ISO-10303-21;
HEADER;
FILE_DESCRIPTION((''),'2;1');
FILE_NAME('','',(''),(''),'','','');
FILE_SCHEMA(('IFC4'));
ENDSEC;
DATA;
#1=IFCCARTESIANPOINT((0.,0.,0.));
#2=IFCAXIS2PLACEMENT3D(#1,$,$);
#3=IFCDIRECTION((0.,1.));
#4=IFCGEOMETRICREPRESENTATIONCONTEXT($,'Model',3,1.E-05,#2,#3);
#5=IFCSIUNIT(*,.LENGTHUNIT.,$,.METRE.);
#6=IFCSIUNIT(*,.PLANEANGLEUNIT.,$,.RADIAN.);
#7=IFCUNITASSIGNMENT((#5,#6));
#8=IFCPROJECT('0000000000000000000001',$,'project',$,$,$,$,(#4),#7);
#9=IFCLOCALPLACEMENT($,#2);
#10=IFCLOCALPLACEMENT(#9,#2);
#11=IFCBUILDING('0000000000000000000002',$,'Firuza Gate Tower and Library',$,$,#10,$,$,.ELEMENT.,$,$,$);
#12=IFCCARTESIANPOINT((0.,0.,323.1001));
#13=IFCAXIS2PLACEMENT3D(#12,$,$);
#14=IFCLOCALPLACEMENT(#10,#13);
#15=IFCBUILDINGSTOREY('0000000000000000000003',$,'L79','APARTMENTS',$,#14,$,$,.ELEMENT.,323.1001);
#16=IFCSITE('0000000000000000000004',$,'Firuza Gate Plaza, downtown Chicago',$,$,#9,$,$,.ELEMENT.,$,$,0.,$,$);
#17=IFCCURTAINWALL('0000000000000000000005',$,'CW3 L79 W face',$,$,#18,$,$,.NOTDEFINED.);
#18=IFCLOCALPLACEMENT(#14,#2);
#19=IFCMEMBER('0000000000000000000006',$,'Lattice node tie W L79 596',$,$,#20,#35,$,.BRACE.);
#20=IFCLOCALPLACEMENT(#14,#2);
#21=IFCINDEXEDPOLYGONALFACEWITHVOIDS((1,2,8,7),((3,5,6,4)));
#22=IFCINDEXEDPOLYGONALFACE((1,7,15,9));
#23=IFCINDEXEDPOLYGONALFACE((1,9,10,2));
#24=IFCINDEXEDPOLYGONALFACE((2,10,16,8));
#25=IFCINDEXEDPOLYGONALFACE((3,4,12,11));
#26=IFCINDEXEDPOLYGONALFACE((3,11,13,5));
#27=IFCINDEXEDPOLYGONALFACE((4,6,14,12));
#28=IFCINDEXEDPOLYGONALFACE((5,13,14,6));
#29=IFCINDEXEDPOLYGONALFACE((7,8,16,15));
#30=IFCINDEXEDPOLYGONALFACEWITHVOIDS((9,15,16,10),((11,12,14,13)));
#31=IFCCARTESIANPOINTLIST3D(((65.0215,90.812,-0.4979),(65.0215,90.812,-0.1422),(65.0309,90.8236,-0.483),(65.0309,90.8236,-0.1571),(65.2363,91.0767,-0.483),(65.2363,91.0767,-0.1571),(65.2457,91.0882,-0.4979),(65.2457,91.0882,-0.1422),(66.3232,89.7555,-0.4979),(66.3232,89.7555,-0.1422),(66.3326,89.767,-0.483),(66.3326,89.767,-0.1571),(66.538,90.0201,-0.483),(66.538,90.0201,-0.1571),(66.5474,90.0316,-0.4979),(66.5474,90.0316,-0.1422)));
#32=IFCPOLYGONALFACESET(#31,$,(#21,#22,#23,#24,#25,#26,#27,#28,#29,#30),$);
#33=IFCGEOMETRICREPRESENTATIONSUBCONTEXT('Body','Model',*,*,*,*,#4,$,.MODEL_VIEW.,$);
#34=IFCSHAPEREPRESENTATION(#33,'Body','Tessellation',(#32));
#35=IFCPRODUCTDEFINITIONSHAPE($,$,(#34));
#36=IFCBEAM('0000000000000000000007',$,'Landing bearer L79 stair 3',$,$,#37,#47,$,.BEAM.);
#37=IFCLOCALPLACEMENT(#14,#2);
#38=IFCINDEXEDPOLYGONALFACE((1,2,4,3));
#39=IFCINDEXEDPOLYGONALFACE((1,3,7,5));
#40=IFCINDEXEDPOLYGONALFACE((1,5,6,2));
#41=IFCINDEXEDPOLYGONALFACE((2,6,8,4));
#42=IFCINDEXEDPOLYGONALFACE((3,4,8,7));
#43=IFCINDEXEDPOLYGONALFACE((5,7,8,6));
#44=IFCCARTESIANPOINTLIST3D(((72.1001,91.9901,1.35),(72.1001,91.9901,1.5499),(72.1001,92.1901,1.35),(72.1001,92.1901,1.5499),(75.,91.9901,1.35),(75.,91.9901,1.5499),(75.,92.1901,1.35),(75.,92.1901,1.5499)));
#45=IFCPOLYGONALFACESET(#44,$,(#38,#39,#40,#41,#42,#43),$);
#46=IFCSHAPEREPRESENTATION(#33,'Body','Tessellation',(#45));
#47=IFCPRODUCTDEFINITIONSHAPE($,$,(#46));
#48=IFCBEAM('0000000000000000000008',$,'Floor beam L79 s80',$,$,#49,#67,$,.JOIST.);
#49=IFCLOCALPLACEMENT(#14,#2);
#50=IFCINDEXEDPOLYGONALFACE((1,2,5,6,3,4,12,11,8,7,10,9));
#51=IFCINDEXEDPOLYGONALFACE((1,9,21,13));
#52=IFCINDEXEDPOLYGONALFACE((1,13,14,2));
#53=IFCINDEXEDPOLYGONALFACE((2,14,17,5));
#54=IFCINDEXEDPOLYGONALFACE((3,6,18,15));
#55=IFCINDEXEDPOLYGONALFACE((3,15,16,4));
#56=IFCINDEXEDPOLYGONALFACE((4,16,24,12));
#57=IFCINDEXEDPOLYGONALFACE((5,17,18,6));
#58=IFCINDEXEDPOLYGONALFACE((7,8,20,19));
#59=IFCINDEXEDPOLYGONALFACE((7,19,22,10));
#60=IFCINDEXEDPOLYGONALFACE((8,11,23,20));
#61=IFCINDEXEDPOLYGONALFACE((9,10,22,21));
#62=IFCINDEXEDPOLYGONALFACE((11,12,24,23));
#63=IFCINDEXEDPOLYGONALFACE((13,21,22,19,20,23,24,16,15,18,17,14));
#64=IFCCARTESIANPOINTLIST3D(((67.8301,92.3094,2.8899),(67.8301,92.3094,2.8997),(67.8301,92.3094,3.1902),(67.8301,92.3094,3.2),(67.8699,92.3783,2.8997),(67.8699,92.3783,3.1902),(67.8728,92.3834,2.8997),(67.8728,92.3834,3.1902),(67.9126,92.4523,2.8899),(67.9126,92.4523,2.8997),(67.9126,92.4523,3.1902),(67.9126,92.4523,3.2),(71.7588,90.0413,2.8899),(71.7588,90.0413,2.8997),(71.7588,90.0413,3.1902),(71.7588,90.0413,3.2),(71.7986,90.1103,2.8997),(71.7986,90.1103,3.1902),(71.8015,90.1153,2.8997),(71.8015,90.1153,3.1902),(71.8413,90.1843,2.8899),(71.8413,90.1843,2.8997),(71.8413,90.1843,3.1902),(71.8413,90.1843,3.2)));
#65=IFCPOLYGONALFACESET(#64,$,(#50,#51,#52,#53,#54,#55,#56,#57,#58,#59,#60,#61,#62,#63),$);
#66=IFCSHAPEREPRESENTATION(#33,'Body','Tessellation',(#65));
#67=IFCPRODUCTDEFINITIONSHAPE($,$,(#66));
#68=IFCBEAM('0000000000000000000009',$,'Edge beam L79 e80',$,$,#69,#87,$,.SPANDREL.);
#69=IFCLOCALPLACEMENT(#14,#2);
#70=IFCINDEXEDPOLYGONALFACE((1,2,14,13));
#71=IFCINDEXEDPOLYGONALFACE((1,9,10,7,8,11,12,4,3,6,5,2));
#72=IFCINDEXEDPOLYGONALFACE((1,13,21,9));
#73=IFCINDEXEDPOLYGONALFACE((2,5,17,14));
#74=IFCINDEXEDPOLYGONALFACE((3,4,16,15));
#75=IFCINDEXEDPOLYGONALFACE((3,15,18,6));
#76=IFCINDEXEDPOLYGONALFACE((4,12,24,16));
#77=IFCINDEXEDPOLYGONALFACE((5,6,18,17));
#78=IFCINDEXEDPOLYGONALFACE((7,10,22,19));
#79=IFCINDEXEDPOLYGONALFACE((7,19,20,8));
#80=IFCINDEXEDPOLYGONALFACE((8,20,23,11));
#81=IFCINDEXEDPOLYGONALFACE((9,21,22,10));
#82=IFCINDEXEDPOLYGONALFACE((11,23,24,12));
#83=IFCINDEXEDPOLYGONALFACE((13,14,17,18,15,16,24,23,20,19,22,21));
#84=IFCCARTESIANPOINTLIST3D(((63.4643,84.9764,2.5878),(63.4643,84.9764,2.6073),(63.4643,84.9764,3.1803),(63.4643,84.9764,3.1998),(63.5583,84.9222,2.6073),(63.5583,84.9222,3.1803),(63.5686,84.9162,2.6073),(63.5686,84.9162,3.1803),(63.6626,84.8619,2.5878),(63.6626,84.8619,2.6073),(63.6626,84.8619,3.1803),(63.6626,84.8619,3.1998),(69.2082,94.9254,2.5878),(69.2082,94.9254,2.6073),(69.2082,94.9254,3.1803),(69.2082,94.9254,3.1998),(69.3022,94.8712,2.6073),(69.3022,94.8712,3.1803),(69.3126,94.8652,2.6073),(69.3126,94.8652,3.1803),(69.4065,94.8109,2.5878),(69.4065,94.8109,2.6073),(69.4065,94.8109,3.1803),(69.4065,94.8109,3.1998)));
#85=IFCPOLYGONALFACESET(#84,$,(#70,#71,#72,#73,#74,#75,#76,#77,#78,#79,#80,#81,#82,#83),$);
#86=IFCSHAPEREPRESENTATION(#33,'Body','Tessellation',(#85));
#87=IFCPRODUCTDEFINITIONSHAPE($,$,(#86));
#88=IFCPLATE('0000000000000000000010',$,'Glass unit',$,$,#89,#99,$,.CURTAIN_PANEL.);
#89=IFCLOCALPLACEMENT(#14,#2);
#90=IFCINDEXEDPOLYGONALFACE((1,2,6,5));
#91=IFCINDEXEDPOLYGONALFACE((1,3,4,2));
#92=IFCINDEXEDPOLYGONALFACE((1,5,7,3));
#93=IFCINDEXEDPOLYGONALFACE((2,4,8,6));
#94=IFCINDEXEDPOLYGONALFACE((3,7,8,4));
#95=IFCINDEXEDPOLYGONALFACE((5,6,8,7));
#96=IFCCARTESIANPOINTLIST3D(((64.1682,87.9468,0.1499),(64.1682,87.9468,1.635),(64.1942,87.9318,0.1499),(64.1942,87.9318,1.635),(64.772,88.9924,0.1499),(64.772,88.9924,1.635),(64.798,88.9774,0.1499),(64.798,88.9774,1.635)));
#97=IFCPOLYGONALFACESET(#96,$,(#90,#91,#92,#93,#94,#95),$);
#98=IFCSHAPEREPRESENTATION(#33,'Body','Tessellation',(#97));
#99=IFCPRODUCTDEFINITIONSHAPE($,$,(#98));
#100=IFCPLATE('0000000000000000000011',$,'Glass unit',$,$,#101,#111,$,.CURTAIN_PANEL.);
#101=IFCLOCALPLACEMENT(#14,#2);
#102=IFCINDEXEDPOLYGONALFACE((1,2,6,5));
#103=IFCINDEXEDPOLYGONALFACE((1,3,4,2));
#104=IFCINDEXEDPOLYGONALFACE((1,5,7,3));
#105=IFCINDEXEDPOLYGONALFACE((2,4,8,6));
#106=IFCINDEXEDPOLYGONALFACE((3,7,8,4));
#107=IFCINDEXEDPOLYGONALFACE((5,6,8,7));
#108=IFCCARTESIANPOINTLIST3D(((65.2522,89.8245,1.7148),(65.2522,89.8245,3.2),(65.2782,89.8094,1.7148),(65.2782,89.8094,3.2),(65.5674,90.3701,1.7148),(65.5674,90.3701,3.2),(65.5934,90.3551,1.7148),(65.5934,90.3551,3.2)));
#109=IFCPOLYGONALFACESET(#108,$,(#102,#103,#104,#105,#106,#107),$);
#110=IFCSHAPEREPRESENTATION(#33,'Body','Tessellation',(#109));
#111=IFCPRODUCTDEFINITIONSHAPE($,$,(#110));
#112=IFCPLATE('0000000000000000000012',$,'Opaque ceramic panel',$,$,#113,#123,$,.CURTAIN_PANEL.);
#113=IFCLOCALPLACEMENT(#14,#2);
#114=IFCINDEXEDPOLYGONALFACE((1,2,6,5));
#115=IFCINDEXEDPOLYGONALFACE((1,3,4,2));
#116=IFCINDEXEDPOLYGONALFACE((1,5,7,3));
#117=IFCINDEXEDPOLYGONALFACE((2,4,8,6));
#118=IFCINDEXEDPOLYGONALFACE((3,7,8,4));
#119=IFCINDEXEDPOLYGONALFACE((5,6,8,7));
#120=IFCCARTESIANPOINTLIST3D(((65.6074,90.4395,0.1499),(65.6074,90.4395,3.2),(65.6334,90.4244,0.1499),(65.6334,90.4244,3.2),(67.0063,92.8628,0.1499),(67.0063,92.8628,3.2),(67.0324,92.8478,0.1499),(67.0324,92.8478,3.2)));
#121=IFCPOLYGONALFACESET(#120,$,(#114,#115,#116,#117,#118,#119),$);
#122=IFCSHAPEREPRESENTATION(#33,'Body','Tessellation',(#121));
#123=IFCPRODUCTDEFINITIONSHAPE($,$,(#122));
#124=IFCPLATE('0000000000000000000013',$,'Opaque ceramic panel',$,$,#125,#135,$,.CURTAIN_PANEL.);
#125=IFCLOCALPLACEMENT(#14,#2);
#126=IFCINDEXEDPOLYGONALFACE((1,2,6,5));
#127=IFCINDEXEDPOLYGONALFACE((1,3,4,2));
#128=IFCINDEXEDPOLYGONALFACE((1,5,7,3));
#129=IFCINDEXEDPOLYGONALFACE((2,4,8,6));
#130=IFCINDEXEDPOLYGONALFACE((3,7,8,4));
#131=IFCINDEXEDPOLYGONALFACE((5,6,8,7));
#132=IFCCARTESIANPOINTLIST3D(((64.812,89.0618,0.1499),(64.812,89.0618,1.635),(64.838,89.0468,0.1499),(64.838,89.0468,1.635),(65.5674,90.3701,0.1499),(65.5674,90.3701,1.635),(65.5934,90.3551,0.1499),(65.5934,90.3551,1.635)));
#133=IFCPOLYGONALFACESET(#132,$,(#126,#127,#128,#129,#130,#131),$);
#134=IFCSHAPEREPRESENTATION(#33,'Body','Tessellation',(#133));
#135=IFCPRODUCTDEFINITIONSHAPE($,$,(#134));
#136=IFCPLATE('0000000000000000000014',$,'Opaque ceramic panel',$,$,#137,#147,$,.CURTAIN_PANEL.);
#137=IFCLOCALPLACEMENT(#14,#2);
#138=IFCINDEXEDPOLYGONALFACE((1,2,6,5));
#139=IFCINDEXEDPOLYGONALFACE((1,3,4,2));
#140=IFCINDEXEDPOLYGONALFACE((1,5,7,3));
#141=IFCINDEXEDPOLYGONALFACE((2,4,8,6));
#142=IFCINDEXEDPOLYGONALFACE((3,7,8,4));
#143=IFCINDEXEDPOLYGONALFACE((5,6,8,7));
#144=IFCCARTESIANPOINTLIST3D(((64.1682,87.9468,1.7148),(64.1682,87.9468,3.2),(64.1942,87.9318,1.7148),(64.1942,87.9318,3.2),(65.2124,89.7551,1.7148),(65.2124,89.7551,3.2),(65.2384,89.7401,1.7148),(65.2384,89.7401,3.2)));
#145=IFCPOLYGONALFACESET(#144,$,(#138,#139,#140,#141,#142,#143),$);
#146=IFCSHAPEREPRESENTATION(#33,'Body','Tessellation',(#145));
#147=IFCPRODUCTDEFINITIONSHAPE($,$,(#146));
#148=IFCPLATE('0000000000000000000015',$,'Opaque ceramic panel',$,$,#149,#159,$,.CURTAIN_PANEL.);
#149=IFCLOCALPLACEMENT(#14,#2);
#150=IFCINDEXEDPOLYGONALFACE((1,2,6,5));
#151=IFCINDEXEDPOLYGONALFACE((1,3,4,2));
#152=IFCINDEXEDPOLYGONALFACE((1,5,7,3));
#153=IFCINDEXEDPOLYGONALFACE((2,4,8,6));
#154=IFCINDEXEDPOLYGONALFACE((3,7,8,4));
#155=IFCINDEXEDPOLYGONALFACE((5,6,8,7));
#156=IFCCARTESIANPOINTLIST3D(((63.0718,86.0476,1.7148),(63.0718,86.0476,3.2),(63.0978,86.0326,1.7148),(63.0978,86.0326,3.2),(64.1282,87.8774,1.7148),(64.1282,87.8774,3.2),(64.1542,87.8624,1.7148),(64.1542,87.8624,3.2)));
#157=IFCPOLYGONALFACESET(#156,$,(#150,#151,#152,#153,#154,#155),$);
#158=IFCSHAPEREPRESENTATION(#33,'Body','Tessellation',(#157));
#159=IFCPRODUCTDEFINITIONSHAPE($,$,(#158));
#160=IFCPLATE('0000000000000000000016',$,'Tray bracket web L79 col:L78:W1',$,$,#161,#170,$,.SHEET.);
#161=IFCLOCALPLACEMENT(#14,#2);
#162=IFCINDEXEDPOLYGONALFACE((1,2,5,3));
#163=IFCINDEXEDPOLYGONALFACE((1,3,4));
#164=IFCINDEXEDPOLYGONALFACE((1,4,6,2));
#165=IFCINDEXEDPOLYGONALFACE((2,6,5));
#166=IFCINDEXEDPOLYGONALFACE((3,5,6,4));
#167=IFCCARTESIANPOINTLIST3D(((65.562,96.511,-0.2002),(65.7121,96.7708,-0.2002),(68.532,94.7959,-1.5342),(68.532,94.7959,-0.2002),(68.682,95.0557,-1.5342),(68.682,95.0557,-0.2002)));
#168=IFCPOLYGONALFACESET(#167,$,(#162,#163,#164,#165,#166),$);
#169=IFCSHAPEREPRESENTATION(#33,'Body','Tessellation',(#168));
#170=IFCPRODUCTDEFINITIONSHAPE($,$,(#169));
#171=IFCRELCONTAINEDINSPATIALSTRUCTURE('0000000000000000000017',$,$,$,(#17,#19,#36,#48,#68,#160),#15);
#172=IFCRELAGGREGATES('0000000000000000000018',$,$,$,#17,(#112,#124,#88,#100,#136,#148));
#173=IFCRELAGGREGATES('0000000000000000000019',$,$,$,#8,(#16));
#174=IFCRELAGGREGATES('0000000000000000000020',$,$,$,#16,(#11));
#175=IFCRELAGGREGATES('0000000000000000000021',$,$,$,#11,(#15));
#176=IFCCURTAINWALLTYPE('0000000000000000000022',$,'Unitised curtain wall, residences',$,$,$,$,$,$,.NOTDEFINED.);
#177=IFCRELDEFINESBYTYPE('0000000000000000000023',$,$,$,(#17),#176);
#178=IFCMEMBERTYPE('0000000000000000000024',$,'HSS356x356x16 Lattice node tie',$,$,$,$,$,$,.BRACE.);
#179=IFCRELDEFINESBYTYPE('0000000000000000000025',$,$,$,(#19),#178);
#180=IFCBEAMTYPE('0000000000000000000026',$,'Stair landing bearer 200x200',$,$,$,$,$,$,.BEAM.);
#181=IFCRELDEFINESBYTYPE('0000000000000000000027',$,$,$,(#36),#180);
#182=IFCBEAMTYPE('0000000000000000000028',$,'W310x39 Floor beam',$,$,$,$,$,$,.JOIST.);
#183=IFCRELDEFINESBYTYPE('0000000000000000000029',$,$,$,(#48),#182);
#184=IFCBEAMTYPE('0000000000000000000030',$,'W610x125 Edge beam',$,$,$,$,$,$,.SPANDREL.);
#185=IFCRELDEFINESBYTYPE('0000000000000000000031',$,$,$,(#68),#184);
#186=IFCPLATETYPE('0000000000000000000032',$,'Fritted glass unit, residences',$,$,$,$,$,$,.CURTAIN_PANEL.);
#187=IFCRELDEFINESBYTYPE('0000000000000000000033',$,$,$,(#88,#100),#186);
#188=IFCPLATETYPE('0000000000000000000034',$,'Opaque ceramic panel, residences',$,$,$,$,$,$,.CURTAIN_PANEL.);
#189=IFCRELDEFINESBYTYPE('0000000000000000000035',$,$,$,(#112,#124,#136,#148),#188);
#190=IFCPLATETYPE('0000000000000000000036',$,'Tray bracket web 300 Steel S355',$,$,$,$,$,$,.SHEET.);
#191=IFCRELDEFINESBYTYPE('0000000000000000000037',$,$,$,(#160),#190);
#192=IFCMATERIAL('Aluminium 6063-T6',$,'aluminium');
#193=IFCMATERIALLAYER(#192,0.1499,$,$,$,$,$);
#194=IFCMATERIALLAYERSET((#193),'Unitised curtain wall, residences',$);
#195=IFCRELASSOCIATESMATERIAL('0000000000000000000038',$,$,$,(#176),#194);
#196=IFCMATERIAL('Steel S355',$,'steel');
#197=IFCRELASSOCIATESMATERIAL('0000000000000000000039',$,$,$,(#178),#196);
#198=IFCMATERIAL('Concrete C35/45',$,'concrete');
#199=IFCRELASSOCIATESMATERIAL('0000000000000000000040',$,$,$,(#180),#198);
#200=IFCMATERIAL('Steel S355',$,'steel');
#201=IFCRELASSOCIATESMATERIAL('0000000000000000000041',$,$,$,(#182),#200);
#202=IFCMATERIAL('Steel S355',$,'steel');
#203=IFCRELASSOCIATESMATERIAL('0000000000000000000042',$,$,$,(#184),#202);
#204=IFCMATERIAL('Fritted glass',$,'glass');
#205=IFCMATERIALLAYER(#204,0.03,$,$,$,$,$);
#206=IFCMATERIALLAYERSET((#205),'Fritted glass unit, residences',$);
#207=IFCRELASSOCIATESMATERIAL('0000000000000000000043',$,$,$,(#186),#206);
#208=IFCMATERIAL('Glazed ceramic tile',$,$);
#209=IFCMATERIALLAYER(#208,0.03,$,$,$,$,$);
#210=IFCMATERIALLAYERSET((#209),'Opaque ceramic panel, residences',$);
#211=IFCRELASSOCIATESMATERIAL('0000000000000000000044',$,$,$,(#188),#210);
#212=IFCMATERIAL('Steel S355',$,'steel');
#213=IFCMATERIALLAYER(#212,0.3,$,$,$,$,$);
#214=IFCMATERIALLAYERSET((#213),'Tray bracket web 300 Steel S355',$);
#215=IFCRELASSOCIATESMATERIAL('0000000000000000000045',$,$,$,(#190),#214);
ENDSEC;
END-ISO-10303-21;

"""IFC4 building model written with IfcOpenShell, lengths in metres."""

from ifc_helpers import new_model, si_unit, direction, frame, origin, origin_2d, place, context, subcontext, project, spatial, polyline, rectangle, hollow_rectangle, i_section, outline, extrude, material, layer, layer_set, material_profile, profile_set, type_object, element, aggregate, save


model = new_model("IFC4")

# Units and contexts
model_context = context("Model", 3, precision=1e-05, world=origin(), true_north=direction((0.0, 1.0)))
body_context = subcontext(model_context, "Body", "Model", "MODEL_VIEW")
ifc_project = project(units=[si_unit("LENGTHUNIT", "METRE"), si_unit("PLANEANGLEUNIT", "RADIAN")], contexts=[model_context])

# Site, building, storey
site_placement = place(None, origin())
site = spatial("IfcSite", under=ifc_project, at=site_placement, Name="Firuza Gate Plaza, downtown Chicago", CompositionType="ELEMENT", RefElevation=0.0)
building_placement = place(site_placement, origin())
building = spatial("IfcBuilding", under=site, at=building_placement, Name="Firuza Gate Tower and Library", CompositionType="ELEMENT")
storey_placement = place(building_placement, frame((0.0, 0.0, 323.1001)))
storey = spatial("IfcBuildingStorey", under=building, at=storey_placement, Name="L79", Description="APARTMENTS", CompositionType="ELEMENT", Elevation=323.1001)

# Curtain wall
ifc_material_1 = material(Name="Aluminium 6063-T6", Category="aluminium")
ifc_layer_1 = layer(ifc_material_1, 0.1499)
ifc_layer_set_1 = layer_set([ifc_layer_1], Name="Unitised curtain wall, residences")
curtain_wall_type = type_object("IfcCurtainWallType", Name="Unitised curtain wall, residences", PredefinedType="NOTDEFINED", material=ifc_layer_set_1)
placement = place(storey_placement, origin())
curtain_wall = element("IfcCurtainWall", 1, at=placement, inside=storey, type_object=curtain_wall_type, Name="CW3 L79 W face", PredefinedType="NOTDEFINED")

# Member
ifc_material_2 = material(Name="Steel S355", Category="steel")
ifc_material_profile_1 = material_profile(ifc_material_2, hollow_rectangle(XDim=0.3557, YDim=0.3557, WallThickness=0.0149, at=origin_2d()))
ifc_profile_set_1 = profile_set([ifc_material_profile_1], Name="Steel S355")
member_type_1 = type_object("IfcMemberType", Name="HSS356x356x16 Lattice node tie", PredefinedType="BRACE", material=ifc_profile_set_1)
member_1_placement = place(storey_placement, frame((66.4353, 89.8936, -0.3201), z_axis=(-0.776417, 0.63022, 0.0), x_axis=(-0.63022, -0.776417, 0.0)))
element("IfcMember", 2, at=member_1_placement, inside=storey, type_object=member_type_1, Name="Lattice node tie W L79 596", PredefinedType="BRACE", context=body_context, shape_type="SweptSolid", body=[
    extrude(hollow_rectangle(XDim=0.3557, YDim=0.3557, WallThickness=0.0149, at=origin_2d()), origin(), (0.0, 0.0, 1.0), 1.6765),
])

# Beams
ifc_material_3 = material(Name="Concrete C35/45", Category="concrete")
ifc_material_profile_2 = material_profile(ifc_material_3, rectangle(XDim=0.2, YDim=0.2, at=origin_2d()))
ifc_profile_set_2 = profile_set([ifc_material_profile_2], Name="Concrete C35/45")
beam_type_1 = type_object("IfcBeamType", Name="Stair landing bearer 200x200", PredefinedType="BEAM", material=ifc_profile_set_2)
beam_1_placement = place(storey_placement, frame((75.0, 92.0901, 1.45), z_axis=(-1.0, 0.0, 0.0), x_axis=(0.0, -1.0, 0.0)))
element("IfcBeam", 3, at=beam_1_placement, inside=storey, type_object=beam_type_1, Name="Landing bearer L79 stair 3", PredefinedType="BEAM", context=body_context, shape_type="SweptSolid", body=[
    extrude(rectangle(XDim=0.2, YDim=0.2, at=origin_2d()), origin(), (0.0, 0.0, 1.0), 2.8999),
])
ifc_material_4 = material(Name="Steel S355", Category="steel")
ifc_material_profile_3 = material_profile(ifc_material_4, i_section(OverallWidth=0.165, OverallDepth=0.3101, WebThickness=0.0059, FlangeThickness=0.0098, at=origin_2d()))
ifc_profile_set_3 = profile_set([ifc_material_profile_3], Name="Steel S355")
beam_type_2 = type_object("IfcBeamType", Name="W310x39 Floor beam", PredefinedType="JOIST", material=ifc_profile_set_3)
beam_2_placement = place(storey_placement, frame((67.8713, 92.3809, 3.0449), z_axis=(0.866042, -0.499971, 0.0), x_axis=(0.499971, 0.866042, 0.0)))
element("IfcBeam", 4, at=beam_2_placement, inside=storey, type_object=beam_type_2, Name="Floor beam L79 s80", PredefinedType="JOIST", context=body_context, shape_type="SweptSolid", body=[
    extrude(i_section(OverallWidth=0.165, OverallDepth=0.3101, WebThickness=0.0059, FlangeThickness=0.0098, at=origin_2d()), origin(), (0.0, 0.0, 1.0), 4.5364),
])
ifc_material_5 = material(Name="Steel S355", Category="steel")
ifc_material_profile_4 = material_profile(ifc_material_5, i_section(OverallWidth=0.229, OverallDepth=0.6121, WebThickness=0.012, FlangeThickness=0.0195, at=origin_2d()))
ifc_profile_set_4 = profile_set([ifc_material_profile_4], Name="Steel S355")
beam_type_3 = type_object("IfcBeamType", Name="W610x125 Edge beam", PredefinedType="SPANDREL", material=ifc_profile_set_4)
beam_3_placement = place(storey_placement, frame((69.3074, 94.8682, 2.8938), z_axis=(-0.49999, -0.866031, 0.0), x_axis=(0.866031, -0.49999, 0.0)))
element("IfcBeam", 5, at=beam_3_placement, inside=storey, type_object=beam_type_3, Name="Edge beam L79 e80", PredefinedType="SPANDREL", context=body_context, shape_type="SweptSolid", body=[
    extrude(i_section(OverallWidth=0.229, OverallDepth=0.6121, WebThickness=0.012, FlangeThickness=0.0195, at=origin_2d()), origin(), (0.0, 0.0, 1.0), 11.488),
])

# Plates
ifc_material_6 = material(Name="Fritted glass", Category="glass")
ifc_layer_2 = layer(ifc_material_6, 0.03)
ifc_layer_set_2 = layer_set([ifc_layer_2], Name="Fritted glass unit, residences")
plate_type_1 = type_object("IfcPlateType", Name="Fritted glass unit, residences", PredefinedType="CURTAIN_PANEL", material=ifc_layer_set_2)
plate_1_placement = place(storey_placement, frame((64.772, 88.9924, 0.1499), z_axis=(-0.866007, 0.500032, 0.0), x_axis=(-0.500032, -0.866007, 0.0)))
plate_1 = element("IfcPlate", 6, at=plate_1_placement, type_object=plate_type_1, Name="Glass unit", PredefinedType="CURTAIN_PANEL", context=body_context, shape_type="SweptSolid", body=[
    extrude(outline(polyline([(0.0, 0.0), (1.2074, 0.0), (1.2074, 1.4851), (0.0, 1.4851), (0.0, 0.0)])), origin(), (0.0, 0.0, -1.0), 0.03),
])
plate_2_placement = place(storey_placement, frame((65.5674, 90.3701, 1.7148), z_axis=(-0.865921, 0.500181, 0.0), x_axis=(-0.500181, -0.865921, 0.0)))
plate_2 = element("IfcPlate", 7, at=plate_2_placement, type_object=plate_type_1, Name="Glass unit", PredefinedType="CURTAIN_PANEL", context=body_context, shape_type="SweptSolid", body=[
    extrude(outline(polyline([(0.0, 0.0), (0.6301, 0.0), (0.6301, 1.4851), (0.0, 1.4851), (0.0, 0.0)])), origin(), (0.0, 0.0, -1.0), 0.03),
])
ifc_material_7 = material(Name="Glazed ceramic tile")
ifc_layer_3 = layer(ifc_material_7, 0.03)
ifc_layer_set_3 = layer_set([ifc_layer_3], Name="Opaque ceramic panel, residences")
plate_type_2 = type_object("IfcPlateType", Name="Opaque ceramic panel, residences", PredefinedType="CURTAIN_PANEL", material=ifc_layer_set_3)
plate_3_placement = place(storey_placement, frame((67.0063, 92.8628, 0.1499), z_axis=(-0.866055, 0.499949, 0.0), x_axis=(-0.499949, -0.866055, 0.0)))
plate_3 = element("IfcPlate", 8, at=plate_3_placement, type_object=plate_type_2, Name="Opaque ceramic panel", PredefinedType="CURTAIN_PANEL", context=body_context, shape_type="SweptSolid", body=[
    extrude(outline(polyline([(0.0, 0.0), (2.7981, 0.0), (2.7981, 3.05), (0.0, 3.05), (0.0, 0.0)])), origin(), (0.0, 0.0, -1.0), 0.03),
])
plate_4_placement = place(storey_placement, frame((65.5674, 90.3701, 0.1499), z_axis=(-0.866027, 0.499998, 0.0), x_axis=(-0.499998, -0.866027, 0.0)))
plate_4 = element("IfcPlate", 9, at=plate_4_placement, type_object=plate_type_2, Name="Opaque ceramic panel", PredefinedType="CURTAIN_PANEL", context=body_context, shape_type="SweptSolid", body=[
    extrude(outline(polyline([(0.0, 0.0), (1.5107, 0.0), (1.5107, 1.4851), (0.0, 1.4851), (0.0, 0.0)])), origin(), (0.0, 0.0, -1.0), 0.03),
])
plate_5_placement = place(storey_placement, frame((65.2124, 89.7551, 1.7148), z_axis=(-0.865997, 0.50005, 0.0), x_axis=(-0.50005, -0.865997, 0.0)))
plate_5 = element("IfcPlate", 10, at=plate_5_placement, type_object=plate_type_2, Name="Opaque ceramic panel", PredefinedType="CURTAIN_PANEL", context=body_context, shape_type="SweptSolid", body=[
    extrude(outline(polyline([(0.0, 0.0), (2.0882, 0.0), (2.0882, 1.4851), (0.0, 1.4851), (0.0, 0.0)])), origin(), (0.0, 0.0, -1.0), 0.03),
])
plate_6_placement = place(storey_placement, frame((64.1282, 87.8774, 1.7148), z_axis=(-0.866037, 0.499979, 0.0), x_axis=(-0.499979, -0.866037, 0.0)))
plate_6 = element("IfcPlate", 11, at=plate_6_placement, type_object=plate_type_2, Name="Opaque ceramic panel", PredefinedType="CURTAIN_PANEL", context=body_context, shape_type="SweptSolid", body=[
    extrude(outline(polyline([(0.0, 0.0), (2.1129, 0.0), (2.1129, 1.4851), (0.0, 1.4851), (0.0, 0.0)])), origin(), (0.0, 0.0, -1.0), 0.03),
])
aggregate(curtain_wall, [plate_3, plate_4, plate_1, plate_2, plate_5, plate_6])

# Plate
ifc_material_8 = material(Name="Steel S355", Category="steel")
ifc_layer_4 = layer(ifc_material_8, 0.3)
ifc_layer_set_4 = layer_set([ifc_layer_4], Name="Tray bracket web 300 Steel S355")
plate_type_3 = type_object("IfcPlateType", Name="Tray bracket web 300 Steel S355", PredefinedType="SHEET", material=ifc_layer_set_4)
plate_7_placement = place(storey_placement, frame((68.532, 94.7959, -0.2002), z_axis=(-0.500082, -0.865978, 0.0), x_axis=(-0.865978, 0.500082, 0.0)))
element("IfcPlate", 12, at=plate_7_placement, inside=storey, type_object=plate_type_3, Name="Tray bracket web L79 col:L78:W1", PredefinedType="SHEET", context=body_context, shape_type="SweptSolid", body=[
    extrude(outline(polyline([(0.0, 0.0), (3.4296, 0.0), (0.0, 1.334), (0.0, 0.0)])), origin(), (0.0, 0.0, -1.0), 0.3),
])

save(model, "model.ifc")
